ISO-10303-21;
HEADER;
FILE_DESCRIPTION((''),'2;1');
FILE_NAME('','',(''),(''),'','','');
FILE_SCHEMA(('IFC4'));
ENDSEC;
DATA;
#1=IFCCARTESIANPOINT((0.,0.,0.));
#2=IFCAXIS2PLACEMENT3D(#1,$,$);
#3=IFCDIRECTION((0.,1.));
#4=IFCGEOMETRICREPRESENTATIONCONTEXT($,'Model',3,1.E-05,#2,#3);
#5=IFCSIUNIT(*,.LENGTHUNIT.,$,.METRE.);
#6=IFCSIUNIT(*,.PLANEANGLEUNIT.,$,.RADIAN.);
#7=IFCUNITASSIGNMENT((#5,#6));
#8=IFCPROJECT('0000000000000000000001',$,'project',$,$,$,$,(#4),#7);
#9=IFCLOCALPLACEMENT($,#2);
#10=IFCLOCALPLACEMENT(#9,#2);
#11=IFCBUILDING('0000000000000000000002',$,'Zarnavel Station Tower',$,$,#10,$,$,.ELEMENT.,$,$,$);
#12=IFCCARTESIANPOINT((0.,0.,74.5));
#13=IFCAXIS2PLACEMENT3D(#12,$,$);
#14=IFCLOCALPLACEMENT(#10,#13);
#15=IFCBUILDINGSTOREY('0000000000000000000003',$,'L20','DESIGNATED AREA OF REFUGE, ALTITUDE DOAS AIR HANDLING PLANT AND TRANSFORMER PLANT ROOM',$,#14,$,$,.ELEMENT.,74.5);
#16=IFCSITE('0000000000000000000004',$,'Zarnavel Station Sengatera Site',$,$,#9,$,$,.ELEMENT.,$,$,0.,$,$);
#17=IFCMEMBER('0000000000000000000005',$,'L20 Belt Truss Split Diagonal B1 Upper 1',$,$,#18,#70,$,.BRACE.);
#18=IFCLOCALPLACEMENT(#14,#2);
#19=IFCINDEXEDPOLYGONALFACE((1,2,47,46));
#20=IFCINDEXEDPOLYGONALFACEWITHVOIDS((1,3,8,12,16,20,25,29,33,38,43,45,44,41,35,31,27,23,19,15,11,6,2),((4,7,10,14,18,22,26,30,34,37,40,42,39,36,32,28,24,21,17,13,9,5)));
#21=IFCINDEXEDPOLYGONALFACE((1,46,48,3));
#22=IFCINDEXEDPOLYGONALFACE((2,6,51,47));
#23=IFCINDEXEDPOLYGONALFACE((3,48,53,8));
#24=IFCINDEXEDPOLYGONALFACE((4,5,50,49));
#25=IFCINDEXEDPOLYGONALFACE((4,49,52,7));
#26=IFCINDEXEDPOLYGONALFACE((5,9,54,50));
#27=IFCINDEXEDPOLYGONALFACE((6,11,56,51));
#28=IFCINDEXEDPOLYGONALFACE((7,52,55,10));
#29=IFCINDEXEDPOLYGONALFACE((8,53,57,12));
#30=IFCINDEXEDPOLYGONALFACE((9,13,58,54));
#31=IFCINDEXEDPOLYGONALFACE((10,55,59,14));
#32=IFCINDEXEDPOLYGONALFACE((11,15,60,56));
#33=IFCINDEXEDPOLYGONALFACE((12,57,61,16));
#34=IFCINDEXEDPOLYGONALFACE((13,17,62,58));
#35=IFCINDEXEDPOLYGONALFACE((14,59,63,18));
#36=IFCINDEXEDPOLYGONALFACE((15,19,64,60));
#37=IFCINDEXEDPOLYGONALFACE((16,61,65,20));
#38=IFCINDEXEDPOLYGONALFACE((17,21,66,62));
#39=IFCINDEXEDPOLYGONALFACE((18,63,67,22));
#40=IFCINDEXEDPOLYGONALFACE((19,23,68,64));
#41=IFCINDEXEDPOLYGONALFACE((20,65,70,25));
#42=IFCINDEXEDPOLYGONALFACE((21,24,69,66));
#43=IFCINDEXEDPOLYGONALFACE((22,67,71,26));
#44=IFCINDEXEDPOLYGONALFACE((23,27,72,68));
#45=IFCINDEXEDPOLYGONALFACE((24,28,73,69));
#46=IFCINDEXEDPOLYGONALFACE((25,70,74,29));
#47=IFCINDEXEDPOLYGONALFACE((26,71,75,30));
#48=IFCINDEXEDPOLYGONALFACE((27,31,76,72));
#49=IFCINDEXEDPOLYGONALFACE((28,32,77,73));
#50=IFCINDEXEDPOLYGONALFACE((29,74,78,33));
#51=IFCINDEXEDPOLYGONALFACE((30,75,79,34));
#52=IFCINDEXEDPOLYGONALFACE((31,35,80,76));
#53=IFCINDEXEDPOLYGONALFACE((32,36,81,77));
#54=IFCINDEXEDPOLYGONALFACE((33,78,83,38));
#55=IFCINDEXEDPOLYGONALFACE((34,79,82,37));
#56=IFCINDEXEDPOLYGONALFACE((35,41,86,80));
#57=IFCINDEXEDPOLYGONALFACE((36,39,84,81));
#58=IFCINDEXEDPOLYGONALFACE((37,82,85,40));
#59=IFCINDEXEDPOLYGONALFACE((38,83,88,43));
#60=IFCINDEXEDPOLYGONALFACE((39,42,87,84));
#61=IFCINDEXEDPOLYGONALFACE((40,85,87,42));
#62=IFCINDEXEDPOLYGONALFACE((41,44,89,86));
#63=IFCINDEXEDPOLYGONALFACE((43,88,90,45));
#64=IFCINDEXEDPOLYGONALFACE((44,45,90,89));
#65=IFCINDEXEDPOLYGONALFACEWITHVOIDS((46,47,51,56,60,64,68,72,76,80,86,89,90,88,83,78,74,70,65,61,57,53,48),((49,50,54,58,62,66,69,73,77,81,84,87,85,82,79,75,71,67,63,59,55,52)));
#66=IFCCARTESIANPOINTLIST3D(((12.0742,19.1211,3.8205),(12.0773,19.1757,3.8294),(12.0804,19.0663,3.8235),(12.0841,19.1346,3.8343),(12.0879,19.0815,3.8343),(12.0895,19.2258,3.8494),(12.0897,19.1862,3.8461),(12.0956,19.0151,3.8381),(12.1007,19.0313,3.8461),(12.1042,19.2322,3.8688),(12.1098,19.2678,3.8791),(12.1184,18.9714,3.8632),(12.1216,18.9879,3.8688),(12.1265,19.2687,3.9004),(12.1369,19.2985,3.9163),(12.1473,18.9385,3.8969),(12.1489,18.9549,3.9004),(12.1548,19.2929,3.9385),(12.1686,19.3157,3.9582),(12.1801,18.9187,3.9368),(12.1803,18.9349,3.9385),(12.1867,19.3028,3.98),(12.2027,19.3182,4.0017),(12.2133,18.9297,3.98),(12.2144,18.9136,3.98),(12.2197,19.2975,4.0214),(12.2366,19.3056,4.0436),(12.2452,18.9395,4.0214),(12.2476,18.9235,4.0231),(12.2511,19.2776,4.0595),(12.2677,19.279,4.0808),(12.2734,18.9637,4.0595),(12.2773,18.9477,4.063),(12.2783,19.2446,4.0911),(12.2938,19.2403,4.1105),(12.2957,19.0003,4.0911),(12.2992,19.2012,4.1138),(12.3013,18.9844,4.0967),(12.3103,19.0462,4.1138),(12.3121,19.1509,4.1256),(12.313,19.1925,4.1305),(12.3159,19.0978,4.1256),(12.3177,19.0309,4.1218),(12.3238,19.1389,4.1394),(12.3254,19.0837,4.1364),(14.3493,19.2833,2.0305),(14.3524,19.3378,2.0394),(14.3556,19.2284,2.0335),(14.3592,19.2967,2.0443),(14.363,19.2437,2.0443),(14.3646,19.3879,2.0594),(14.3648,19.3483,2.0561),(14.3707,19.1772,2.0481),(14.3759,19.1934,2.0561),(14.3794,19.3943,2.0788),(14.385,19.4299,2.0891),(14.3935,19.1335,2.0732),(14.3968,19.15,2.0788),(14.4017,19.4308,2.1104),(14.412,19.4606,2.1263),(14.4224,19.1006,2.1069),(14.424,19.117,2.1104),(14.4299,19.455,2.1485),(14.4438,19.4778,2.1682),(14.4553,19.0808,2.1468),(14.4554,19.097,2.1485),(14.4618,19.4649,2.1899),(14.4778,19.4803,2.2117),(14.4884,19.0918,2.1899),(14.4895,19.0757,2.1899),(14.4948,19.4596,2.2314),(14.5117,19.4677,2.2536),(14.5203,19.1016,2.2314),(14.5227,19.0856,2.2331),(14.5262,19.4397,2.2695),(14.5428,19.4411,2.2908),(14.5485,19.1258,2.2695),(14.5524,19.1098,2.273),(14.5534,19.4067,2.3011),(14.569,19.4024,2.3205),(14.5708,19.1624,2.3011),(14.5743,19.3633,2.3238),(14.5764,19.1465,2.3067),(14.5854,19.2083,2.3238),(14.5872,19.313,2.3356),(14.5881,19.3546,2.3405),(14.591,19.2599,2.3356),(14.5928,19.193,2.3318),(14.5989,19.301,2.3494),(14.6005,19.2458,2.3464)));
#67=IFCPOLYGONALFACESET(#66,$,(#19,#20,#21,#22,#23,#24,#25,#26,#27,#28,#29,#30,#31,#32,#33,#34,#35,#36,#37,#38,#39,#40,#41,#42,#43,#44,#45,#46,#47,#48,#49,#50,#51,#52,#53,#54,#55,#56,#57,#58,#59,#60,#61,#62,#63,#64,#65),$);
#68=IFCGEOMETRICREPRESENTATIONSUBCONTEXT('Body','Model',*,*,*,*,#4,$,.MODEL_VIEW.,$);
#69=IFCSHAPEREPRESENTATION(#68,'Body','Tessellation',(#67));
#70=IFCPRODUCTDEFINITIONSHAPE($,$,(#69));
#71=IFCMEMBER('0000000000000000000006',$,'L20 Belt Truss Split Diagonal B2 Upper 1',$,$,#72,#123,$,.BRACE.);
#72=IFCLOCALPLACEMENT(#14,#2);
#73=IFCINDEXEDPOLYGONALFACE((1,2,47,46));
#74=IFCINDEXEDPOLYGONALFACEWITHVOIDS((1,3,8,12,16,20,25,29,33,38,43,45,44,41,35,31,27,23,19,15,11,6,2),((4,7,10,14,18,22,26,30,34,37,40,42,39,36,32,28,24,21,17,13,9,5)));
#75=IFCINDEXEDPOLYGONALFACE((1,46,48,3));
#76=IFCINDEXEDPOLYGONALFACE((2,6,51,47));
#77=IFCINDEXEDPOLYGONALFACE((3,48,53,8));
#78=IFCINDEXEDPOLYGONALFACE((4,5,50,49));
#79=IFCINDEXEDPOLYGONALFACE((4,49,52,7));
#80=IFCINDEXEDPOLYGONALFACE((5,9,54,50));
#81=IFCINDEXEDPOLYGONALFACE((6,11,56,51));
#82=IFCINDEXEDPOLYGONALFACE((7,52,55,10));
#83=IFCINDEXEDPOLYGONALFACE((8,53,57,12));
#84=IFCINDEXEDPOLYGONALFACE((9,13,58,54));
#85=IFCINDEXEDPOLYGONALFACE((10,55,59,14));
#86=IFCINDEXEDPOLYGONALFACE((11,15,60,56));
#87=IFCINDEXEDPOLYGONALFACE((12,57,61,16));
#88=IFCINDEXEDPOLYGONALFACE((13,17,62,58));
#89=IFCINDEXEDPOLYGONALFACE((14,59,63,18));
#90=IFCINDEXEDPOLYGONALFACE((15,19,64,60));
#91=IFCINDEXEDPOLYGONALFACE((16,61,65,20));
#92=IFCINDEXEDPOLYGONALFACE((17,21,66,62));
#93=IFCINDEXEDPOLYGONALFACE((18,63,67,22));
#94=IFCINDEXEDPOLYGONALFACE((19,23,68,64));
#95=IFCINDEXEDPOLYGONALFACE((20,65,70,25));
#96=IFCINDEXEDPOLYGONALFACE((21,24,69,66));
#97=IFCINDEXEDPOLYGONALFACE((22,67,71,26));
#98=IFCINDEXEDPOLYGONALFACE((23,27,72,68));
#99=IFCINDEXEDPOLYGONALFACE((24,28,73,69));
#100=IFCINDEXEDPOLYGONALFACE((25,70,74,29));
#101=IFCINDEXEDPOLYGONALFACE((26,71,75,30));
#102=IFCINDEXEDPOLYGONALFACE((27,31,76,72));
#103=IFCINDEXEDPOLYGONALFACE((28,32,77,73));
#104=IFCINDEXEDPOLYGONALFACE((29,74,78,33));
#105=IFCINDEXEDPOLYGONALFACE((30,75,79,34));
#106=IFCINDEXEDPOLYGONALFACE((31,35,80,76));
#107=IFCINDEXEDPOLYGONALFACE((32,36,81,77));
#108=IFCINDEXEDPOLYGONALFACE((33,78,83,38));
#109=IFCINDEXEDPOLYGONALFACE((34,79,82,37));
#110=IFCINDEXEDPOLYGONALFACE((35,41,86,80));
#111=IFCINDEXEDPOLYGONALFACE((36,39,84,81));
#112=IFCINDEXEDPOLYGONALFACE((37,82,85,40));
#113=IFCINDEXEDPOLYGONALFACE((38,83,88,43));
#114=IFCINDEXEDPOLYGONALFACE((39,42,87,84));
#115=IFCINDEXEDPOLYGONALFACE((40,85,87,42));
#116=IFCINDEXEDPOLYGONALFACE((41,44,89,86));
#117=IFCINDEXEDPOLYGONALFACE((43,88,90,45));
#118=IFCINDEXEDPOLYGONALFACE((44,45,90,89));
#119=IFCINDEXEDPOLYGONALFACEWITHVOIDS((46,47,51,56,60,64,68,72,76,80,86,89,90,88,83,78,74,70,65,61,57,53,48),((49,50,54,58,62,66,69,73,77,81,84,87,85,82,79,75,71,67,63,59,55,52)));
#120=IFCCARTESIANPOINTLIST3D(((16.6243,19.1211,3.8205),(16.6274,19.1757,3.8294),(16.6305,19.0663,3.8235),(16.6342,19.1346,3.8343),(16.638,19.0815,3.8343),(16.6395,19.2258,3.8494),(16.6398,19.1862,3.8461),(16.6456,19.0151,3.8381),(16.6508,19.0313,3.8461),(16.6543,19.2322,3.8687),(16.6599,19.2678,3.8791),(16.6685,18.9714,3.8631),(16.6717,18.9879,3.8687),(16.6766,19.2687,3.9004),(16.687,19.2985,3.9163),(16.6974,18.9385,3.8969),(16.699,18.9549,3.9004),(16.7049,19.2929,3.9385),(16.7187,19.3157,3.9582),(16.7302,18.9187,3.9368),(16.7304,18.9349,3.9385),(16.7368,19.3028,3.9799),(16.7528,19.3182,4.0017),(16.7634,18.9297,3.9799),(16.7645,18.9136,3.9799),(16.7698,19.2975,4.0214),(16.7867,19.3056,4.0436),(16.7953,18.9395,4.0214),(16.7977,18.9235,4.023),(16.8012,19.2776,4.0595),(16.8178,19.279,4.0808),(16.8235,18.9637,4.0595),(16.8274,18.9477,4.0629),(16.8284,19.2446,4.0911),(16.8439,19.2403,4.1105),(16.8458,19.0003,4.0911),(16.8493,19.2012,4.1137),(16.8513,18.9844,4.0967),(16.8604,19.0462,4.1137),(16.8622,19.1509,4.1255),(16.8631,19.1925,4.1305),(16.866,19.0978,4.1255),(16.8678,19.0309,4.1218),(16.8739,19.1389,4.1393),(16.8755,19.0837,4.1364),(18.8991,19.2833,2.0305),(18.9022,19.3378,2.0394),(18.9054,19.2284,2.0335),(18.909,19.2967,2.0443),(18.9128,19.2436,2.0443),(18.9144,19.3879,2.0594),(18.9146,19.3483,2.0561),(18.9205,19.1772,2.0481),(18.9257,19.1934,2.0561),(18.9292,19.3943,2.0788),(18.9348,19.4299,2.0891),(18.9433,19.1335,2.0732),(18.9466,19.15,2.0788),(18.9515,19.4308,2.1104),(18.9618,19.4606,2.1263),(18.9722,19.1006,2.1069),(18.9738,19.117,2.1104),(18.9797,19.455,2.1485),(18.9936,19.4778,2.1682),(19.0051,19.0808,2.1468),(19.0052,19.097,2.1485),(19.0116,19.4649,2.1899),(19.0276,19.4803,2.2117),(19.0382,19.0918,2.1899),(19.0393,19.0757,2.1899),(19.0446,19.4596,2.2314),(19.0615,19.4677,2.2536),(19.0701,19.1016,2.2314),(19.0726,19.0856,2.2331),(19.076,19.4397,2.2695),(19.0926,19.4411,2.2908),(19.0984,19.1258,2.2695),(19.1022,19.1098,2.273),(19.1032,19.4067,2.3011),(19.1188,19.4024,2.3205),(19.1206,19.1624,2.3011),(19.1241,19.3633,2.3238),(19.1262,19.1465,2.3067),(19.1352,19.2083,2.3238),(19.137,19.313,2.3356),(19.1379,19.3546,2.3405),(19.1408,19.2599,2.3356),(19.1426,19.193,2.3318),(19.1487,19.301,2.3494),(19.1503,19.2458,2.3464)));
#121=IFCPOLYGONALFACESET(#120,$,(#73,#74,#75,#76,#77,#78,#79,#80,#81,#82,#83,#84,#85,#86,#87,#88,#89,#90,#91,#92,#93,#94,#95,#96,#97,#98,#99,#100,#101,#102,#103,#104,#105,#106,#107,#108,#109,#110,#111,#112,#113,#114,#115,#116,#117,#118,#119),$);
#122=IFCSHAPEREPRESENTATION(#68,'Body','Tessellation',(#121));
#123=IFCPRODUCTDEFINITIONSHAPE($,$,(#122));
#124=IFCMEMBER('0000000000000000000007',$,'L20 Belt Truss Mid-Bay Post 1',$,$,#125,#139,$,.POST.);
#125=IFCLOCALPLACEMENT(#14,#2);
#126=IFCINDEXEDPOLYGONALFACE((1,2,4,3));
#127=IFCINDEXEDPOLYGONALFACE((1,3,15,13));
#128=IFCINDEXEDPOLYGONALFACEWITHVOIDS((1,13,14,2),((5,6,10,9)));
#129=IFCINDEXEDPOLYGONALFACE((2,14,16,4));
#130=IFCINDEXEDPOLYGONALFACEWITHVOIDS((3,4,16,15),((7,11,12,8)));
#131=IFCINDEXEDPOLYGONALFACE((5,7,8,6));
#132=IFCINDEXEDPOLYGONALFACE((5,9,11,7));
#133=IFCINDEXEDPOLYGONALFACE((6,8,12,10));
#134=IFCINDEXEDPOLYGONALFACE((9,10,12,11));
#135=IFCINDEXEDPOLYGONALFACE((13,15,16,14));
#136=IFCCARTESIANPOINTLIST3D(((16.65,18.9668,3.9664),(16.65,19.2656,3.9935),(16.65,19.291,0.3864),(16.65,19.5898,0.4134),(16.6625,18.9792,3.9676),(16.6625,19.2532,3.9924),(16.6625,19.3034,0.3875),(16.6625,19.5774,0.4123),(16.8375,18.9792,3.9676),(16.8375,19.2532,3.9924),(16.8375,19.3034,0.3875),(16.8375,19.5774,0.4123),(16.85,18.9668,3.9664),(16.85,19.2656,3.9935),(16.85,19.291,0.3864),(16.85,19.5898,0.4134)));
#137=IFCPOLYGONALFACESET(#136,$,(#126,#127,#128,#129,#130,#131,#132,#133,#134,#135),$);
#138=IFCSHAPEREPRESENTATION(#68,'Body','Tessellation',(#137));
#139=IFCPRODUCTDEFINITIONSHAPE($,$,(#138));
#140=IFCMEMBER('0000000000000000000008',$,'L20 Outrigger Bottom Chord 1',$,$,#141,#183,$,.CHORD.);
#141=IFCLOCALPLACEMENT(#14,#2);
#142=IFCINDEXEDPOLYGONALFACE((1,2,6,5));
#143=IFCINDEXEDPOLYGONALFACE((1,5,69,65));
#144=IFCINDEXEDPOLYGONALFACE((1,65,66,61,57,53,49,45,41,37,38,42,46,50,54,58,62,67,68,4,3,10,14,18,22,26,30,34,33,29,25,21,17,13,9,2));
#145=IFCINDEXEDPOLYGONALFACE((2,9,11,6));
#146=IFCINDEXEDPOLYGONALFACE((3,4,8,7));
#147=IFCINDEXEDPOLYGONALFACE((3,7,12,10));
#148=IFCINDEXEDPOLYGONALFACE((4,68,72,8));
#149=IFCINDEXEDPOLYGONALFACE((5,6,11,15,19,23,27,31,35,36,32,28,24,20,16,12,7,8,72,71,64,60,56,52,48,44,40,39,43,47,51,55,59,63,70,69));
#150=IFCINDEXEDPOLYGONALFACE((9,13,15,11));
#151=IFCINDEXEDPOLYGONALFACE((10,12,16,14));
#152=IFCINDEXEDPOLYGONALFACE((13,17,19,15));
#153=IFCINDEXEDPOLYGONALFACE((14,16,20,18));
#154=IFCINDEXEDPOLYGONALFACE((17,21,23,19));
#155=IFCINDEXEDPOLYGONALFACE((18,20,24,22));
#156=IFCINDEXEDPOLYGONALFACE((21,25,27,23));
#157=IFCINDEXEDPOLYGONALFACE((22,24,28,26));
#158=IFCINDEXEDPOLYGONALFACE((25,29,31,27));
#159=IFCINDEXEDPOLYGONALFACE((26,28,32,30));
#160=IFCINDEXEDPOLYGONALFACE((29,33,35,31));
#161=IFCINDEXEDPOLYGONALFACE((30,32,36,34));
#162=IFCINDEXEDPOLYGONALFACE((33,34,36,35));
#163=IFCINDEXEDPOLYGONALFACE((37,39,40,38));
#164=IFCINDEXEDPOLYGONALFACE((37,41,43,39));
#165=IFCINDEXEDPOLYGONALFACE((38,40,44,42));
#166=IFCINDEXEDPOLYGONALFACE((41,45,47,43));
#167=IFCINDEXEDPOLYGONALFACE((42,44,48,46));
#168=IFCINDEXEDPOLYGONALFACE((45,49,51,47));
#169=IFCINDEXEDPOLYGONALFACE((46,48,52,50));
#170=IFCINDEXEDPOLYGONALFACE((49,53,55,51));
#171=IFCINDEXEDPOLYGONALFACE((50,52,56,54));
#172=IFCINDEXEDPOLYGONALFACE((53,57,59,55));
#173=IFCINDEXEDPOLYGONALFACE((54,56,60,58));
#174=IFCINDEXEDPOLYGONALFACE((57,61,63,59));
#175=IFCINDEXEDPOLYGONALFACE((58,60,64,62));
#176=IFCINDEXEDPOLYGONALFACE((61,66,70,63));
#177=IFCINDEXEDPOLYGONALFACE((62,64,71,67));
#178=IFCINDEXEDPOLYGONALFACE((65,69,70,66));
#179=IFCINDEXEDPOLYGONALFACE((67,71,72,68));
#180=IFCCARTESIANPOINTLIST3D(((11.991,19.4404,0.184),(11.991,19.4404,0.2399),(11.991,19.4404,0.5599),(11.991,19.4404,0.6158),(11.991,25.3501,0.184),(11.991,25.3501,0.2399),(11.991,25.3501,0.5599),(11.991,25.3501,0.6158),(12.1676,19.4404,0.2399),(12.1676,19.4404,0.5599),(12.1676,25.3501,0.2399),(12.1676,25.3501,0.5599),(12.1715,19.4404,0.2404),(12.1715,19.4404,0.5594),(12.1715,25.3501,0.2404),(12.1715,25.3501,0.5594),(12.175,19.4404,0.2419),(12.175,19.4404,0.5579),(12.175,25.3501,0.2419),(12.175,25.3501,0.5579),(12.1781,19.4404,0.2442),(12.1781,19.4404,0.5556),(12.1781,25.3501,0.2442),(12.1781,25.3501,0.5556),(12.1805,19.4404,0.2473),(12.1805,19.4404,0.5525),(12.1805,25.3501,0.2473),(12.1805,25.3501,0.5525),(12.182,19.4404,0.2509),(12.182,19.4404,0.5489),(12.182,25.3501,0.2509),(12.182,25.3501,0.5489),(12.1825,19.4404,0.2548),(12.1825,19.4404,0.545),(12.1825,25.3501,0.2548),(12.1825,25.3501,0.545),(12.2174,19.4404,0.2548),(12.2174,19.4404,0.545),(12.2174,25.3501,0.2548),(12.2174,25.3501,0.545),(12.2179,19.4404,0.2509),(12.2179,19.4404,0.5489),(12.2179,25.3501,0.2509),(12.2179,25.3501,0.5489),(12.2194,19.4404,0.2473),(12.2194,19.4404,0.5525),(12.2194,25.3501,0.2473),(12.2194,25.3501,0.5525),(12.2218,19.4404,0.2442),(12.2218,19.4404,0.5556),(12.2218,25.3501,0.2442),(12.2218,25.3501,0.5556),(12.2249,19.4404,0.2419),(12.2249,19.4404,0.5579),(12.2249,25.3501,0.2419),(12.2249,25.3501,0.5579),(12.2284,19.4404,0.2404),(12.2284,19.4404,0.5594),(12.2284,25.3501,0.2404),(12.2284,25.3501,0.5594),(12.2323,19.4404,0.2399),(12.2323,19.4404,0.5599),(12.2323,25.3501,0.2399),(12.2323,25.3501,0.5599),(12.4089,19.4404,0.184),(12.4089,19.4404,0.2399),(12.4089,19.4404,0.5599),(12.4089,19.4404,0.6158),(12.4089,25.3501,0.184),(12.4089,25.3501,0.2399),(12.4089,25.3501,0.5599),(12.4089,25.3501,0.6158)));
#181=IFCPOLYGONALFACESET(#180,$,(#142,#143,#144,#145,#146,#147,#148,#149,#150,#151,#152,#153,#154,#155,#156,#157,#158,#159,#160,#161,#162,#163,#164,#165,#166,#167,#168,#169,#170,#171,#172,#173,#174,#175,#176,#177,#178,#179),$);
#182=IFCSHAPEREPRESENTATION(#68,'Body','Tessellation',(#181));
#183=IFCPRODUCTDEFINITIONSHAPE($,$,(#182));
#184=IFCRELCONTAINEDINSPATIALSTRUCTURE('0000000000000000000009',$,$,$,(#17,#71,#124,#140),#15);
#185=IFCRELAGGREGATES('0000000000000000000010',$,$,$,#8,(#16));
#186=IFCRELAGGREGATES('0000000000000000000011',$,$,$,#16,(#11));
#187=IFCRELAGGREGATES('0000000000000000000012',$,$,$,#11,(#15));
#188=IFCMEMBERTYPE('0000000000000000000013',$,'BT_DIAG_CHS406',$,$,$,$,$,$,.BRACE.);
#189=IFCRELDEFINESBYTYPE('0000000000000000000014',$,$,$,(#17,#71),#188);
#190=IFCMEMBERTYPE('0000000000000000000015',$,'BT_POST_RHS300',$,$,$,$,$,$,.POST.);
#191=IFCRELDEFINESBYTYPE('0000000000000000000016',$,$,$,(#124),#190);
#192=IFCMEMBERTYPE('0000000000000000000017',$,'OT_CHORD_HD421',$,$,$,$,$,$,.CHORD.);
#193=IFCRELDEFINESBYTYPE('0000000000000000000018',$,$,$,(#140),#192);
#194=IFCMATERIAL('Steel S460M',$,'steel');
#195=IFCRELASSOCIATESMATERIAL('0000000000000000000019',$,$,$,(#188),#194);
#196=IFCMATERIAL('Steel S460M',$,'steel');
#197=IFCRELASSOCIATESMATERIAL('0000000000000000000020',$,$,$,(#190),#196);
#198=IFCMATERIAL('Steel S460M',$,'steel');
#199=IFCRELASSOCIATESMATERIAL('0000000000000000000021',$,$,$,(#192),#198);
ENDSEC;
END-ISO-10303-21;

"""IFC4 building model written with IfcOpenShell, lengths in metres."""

from ifc_helpers import new_model, si_unit, direction, frame, origin, origin_2d, place, context, subcontext, project, spatial, hollow_rectangle, hollow_circle, i_section, extrude, material, material_profile, profile_set, type_object, element, save


model = new_model("IFC4")

# Units and contexts
model_context = context("Model", 3, precision=1e-05, world=origin(), true_north=direction((0.0, 1.0)))
body_context = subcontext(model_context, "Body", "Model", "MODEL_VIEW")
ifc_project = project(units=[si_unit("LENGTHUNIT", "METRE"), si_unit("PLANEANGLEUNIT", "RADIAN")], contexts=[model_context])

# Site, building, storey
site_placement = place(None, origin())
site = spatial("IfcSite", under=ifc_project, at=site_placement, Name="Zarnavel Station Sengatera Site", CompositionType="ELEMENT", RefElevation=0.0)
building_placement = place(site_placement, origin())
building = spatial("IfcBuilding", under=site, at=building_placement, Name="Zarnavel Station Tower", CompositionType="ELEMENT")
storey_placement = place(building_placement, frame((0.0, 0.0, 74.5)))
storey = spatial("IfcBuildingStorey", under=building, at=storey_placement, Name="L20", Description="DESIGNATED AREA OF REFUGE, ALTITUDE DOAS AIR HANDLING PLANT AND TRANSFORMER PLANT ROOM", CompositionType="ELEMENT", Elevation=74.5)

# Members
ifc_material_1 = material(Name="Steel S460M", Category="steel")
ifc_material_profile_1 = material_profile(ifc_material_1, hollow_circle(Radius=0.2031, WallThickness=0.0161, at=origin_2d()), Name="CHS406.4x16")
ifc_profile_set_1 = profile_set([ifc_material_profile_1], Name="Steel S460M")
member_type_1 = type_object("IfcMemberType", Name="BT_DIAG_CHS406", PredefinedType="BRACE", material=ifc_profile_set_1)
member_1_placement = place(storey_placement, frame((14.4751, 19.2783, 2.1899), z_axis=(-0.784682, -0.05591, 0.617372), x_axis=(0.071072, -0.997471, 0.0)))
element("IfcMember", 1, at=member_1_placement, inside=storey, type_object=member_type_1, Name="L20 Belt Truss Split Diagonal B1 Upper 1", PredefinedType="BRACE", context=body_context, shape_type="SweptSolid", body=[
    extrude(hollow_circle(Radius=0.2031, WallThickness=0.0161, at=origin_2d()), origin(), (0.0, 0.0, 1.0), 2.8994),
])
member_2_placement = place(storey_placement, frame((19.0249, 19.2783, 2.1899), z_axis=(-0.78465, -0.055914, 0.617413), x_axis=(0.07108, -0.997471, 0.0)))
element("IfcMember", 2, at=member_2_placement, inside=storey, type_object=member_type_1, Name="L20 Belt Truss Split Diagonal B2 Upper 1", PredefinedType="BRACE", context=body_context, shape_type="SweptSolid", body=[
    extrude(hollow_circle(Radius=0.2031, WallThickness=0.0161, at=origin_2d()), origin(), (0.0, 0.0, 1.0), 2.8992),
])
ifc_material_2 = material(Name="Steel S460M", Category="steel")
ifc_material_profile_2 = material_profile(ifc_material_2, hollow_rectangle(XDim=0.2, YDim=0.3, WallThickness=0.0125, at=origin_2d()), Name="RHS300x200x12.5")
ifc_profile_set_2 = profile_set([ifc_material_profile_2], Name="Steel S460M")
member_type_2 = type_object("IfcMemberType", Name="BT_POST_RHS300", PredefinedType="POST", material=ifc_profile_set_2)
member_3_placement = place(storey_placement, frame((16.75, 19.4404, 0.3999), z_axis=(0.0, -0.090193, 0.995924), x_axis=(1.0, 0.0, 0.0)))
element("IfcMember", 3, at=member_3_placement, inside=storey, type_object=member_type_2, Name="L20 Belt Truss Mid-Bay Post 1", PredefinedType="POST", context=body_context, shape_type="SweptSolid", body=[
    extrude(hollow_rectangle(XDim=0.2, YDim=0.3, WallThickness=0.0125, at=origin_2d()), origin(), (0.0, 0.0, 1.0), 3.5947),
])
ifc_material_3 = material(Name="Steel S460M", Category="steel")
ifc_material_profile_3 = material_profile(ifc_material_3, i_section(OverallWidth=0.418, OverallDepth=0.4319, WebThickness=0.0349, FlangeThickness=0.0559, FilletRadius=0.0149, at=origin_2d()), Name="HD400x421")
ifc_profile_set_3 = profile_set([ifc_material_profile_3], Name="Steel S460M")
member_type_3 = type_object("IfcMemberType", Name="OT_CHORD_HD421", PredefinedType="CHORD", material=ifc_profile_set_3)
member_4_placement = place(storey_placement, frame((12.2, 19.4404, 0.3999), z_axis=(0.0, 1.0, 0.0), x_axis=(-1.0, 0.0, 0.0)))
element("IfcMember", 4, at=member_4_placement, inside=storey, type_object=member_type_3, Name="L20 Outrigger Bottom Chord 1", PredefinedType="CHORD", context=body_context, shape_type="SweptSolid", body=[
    extrude(i_section(OverallWidth=0.418, OverallDepth=0.4319, WebThickness=0.0349, FlangeThickness=0.0559, FilletRadius=0.0149, at=origin_2d()), origin(), (0.0, 0.0, 1.0), 5.9097),
])

save(model, "model.ifc")
